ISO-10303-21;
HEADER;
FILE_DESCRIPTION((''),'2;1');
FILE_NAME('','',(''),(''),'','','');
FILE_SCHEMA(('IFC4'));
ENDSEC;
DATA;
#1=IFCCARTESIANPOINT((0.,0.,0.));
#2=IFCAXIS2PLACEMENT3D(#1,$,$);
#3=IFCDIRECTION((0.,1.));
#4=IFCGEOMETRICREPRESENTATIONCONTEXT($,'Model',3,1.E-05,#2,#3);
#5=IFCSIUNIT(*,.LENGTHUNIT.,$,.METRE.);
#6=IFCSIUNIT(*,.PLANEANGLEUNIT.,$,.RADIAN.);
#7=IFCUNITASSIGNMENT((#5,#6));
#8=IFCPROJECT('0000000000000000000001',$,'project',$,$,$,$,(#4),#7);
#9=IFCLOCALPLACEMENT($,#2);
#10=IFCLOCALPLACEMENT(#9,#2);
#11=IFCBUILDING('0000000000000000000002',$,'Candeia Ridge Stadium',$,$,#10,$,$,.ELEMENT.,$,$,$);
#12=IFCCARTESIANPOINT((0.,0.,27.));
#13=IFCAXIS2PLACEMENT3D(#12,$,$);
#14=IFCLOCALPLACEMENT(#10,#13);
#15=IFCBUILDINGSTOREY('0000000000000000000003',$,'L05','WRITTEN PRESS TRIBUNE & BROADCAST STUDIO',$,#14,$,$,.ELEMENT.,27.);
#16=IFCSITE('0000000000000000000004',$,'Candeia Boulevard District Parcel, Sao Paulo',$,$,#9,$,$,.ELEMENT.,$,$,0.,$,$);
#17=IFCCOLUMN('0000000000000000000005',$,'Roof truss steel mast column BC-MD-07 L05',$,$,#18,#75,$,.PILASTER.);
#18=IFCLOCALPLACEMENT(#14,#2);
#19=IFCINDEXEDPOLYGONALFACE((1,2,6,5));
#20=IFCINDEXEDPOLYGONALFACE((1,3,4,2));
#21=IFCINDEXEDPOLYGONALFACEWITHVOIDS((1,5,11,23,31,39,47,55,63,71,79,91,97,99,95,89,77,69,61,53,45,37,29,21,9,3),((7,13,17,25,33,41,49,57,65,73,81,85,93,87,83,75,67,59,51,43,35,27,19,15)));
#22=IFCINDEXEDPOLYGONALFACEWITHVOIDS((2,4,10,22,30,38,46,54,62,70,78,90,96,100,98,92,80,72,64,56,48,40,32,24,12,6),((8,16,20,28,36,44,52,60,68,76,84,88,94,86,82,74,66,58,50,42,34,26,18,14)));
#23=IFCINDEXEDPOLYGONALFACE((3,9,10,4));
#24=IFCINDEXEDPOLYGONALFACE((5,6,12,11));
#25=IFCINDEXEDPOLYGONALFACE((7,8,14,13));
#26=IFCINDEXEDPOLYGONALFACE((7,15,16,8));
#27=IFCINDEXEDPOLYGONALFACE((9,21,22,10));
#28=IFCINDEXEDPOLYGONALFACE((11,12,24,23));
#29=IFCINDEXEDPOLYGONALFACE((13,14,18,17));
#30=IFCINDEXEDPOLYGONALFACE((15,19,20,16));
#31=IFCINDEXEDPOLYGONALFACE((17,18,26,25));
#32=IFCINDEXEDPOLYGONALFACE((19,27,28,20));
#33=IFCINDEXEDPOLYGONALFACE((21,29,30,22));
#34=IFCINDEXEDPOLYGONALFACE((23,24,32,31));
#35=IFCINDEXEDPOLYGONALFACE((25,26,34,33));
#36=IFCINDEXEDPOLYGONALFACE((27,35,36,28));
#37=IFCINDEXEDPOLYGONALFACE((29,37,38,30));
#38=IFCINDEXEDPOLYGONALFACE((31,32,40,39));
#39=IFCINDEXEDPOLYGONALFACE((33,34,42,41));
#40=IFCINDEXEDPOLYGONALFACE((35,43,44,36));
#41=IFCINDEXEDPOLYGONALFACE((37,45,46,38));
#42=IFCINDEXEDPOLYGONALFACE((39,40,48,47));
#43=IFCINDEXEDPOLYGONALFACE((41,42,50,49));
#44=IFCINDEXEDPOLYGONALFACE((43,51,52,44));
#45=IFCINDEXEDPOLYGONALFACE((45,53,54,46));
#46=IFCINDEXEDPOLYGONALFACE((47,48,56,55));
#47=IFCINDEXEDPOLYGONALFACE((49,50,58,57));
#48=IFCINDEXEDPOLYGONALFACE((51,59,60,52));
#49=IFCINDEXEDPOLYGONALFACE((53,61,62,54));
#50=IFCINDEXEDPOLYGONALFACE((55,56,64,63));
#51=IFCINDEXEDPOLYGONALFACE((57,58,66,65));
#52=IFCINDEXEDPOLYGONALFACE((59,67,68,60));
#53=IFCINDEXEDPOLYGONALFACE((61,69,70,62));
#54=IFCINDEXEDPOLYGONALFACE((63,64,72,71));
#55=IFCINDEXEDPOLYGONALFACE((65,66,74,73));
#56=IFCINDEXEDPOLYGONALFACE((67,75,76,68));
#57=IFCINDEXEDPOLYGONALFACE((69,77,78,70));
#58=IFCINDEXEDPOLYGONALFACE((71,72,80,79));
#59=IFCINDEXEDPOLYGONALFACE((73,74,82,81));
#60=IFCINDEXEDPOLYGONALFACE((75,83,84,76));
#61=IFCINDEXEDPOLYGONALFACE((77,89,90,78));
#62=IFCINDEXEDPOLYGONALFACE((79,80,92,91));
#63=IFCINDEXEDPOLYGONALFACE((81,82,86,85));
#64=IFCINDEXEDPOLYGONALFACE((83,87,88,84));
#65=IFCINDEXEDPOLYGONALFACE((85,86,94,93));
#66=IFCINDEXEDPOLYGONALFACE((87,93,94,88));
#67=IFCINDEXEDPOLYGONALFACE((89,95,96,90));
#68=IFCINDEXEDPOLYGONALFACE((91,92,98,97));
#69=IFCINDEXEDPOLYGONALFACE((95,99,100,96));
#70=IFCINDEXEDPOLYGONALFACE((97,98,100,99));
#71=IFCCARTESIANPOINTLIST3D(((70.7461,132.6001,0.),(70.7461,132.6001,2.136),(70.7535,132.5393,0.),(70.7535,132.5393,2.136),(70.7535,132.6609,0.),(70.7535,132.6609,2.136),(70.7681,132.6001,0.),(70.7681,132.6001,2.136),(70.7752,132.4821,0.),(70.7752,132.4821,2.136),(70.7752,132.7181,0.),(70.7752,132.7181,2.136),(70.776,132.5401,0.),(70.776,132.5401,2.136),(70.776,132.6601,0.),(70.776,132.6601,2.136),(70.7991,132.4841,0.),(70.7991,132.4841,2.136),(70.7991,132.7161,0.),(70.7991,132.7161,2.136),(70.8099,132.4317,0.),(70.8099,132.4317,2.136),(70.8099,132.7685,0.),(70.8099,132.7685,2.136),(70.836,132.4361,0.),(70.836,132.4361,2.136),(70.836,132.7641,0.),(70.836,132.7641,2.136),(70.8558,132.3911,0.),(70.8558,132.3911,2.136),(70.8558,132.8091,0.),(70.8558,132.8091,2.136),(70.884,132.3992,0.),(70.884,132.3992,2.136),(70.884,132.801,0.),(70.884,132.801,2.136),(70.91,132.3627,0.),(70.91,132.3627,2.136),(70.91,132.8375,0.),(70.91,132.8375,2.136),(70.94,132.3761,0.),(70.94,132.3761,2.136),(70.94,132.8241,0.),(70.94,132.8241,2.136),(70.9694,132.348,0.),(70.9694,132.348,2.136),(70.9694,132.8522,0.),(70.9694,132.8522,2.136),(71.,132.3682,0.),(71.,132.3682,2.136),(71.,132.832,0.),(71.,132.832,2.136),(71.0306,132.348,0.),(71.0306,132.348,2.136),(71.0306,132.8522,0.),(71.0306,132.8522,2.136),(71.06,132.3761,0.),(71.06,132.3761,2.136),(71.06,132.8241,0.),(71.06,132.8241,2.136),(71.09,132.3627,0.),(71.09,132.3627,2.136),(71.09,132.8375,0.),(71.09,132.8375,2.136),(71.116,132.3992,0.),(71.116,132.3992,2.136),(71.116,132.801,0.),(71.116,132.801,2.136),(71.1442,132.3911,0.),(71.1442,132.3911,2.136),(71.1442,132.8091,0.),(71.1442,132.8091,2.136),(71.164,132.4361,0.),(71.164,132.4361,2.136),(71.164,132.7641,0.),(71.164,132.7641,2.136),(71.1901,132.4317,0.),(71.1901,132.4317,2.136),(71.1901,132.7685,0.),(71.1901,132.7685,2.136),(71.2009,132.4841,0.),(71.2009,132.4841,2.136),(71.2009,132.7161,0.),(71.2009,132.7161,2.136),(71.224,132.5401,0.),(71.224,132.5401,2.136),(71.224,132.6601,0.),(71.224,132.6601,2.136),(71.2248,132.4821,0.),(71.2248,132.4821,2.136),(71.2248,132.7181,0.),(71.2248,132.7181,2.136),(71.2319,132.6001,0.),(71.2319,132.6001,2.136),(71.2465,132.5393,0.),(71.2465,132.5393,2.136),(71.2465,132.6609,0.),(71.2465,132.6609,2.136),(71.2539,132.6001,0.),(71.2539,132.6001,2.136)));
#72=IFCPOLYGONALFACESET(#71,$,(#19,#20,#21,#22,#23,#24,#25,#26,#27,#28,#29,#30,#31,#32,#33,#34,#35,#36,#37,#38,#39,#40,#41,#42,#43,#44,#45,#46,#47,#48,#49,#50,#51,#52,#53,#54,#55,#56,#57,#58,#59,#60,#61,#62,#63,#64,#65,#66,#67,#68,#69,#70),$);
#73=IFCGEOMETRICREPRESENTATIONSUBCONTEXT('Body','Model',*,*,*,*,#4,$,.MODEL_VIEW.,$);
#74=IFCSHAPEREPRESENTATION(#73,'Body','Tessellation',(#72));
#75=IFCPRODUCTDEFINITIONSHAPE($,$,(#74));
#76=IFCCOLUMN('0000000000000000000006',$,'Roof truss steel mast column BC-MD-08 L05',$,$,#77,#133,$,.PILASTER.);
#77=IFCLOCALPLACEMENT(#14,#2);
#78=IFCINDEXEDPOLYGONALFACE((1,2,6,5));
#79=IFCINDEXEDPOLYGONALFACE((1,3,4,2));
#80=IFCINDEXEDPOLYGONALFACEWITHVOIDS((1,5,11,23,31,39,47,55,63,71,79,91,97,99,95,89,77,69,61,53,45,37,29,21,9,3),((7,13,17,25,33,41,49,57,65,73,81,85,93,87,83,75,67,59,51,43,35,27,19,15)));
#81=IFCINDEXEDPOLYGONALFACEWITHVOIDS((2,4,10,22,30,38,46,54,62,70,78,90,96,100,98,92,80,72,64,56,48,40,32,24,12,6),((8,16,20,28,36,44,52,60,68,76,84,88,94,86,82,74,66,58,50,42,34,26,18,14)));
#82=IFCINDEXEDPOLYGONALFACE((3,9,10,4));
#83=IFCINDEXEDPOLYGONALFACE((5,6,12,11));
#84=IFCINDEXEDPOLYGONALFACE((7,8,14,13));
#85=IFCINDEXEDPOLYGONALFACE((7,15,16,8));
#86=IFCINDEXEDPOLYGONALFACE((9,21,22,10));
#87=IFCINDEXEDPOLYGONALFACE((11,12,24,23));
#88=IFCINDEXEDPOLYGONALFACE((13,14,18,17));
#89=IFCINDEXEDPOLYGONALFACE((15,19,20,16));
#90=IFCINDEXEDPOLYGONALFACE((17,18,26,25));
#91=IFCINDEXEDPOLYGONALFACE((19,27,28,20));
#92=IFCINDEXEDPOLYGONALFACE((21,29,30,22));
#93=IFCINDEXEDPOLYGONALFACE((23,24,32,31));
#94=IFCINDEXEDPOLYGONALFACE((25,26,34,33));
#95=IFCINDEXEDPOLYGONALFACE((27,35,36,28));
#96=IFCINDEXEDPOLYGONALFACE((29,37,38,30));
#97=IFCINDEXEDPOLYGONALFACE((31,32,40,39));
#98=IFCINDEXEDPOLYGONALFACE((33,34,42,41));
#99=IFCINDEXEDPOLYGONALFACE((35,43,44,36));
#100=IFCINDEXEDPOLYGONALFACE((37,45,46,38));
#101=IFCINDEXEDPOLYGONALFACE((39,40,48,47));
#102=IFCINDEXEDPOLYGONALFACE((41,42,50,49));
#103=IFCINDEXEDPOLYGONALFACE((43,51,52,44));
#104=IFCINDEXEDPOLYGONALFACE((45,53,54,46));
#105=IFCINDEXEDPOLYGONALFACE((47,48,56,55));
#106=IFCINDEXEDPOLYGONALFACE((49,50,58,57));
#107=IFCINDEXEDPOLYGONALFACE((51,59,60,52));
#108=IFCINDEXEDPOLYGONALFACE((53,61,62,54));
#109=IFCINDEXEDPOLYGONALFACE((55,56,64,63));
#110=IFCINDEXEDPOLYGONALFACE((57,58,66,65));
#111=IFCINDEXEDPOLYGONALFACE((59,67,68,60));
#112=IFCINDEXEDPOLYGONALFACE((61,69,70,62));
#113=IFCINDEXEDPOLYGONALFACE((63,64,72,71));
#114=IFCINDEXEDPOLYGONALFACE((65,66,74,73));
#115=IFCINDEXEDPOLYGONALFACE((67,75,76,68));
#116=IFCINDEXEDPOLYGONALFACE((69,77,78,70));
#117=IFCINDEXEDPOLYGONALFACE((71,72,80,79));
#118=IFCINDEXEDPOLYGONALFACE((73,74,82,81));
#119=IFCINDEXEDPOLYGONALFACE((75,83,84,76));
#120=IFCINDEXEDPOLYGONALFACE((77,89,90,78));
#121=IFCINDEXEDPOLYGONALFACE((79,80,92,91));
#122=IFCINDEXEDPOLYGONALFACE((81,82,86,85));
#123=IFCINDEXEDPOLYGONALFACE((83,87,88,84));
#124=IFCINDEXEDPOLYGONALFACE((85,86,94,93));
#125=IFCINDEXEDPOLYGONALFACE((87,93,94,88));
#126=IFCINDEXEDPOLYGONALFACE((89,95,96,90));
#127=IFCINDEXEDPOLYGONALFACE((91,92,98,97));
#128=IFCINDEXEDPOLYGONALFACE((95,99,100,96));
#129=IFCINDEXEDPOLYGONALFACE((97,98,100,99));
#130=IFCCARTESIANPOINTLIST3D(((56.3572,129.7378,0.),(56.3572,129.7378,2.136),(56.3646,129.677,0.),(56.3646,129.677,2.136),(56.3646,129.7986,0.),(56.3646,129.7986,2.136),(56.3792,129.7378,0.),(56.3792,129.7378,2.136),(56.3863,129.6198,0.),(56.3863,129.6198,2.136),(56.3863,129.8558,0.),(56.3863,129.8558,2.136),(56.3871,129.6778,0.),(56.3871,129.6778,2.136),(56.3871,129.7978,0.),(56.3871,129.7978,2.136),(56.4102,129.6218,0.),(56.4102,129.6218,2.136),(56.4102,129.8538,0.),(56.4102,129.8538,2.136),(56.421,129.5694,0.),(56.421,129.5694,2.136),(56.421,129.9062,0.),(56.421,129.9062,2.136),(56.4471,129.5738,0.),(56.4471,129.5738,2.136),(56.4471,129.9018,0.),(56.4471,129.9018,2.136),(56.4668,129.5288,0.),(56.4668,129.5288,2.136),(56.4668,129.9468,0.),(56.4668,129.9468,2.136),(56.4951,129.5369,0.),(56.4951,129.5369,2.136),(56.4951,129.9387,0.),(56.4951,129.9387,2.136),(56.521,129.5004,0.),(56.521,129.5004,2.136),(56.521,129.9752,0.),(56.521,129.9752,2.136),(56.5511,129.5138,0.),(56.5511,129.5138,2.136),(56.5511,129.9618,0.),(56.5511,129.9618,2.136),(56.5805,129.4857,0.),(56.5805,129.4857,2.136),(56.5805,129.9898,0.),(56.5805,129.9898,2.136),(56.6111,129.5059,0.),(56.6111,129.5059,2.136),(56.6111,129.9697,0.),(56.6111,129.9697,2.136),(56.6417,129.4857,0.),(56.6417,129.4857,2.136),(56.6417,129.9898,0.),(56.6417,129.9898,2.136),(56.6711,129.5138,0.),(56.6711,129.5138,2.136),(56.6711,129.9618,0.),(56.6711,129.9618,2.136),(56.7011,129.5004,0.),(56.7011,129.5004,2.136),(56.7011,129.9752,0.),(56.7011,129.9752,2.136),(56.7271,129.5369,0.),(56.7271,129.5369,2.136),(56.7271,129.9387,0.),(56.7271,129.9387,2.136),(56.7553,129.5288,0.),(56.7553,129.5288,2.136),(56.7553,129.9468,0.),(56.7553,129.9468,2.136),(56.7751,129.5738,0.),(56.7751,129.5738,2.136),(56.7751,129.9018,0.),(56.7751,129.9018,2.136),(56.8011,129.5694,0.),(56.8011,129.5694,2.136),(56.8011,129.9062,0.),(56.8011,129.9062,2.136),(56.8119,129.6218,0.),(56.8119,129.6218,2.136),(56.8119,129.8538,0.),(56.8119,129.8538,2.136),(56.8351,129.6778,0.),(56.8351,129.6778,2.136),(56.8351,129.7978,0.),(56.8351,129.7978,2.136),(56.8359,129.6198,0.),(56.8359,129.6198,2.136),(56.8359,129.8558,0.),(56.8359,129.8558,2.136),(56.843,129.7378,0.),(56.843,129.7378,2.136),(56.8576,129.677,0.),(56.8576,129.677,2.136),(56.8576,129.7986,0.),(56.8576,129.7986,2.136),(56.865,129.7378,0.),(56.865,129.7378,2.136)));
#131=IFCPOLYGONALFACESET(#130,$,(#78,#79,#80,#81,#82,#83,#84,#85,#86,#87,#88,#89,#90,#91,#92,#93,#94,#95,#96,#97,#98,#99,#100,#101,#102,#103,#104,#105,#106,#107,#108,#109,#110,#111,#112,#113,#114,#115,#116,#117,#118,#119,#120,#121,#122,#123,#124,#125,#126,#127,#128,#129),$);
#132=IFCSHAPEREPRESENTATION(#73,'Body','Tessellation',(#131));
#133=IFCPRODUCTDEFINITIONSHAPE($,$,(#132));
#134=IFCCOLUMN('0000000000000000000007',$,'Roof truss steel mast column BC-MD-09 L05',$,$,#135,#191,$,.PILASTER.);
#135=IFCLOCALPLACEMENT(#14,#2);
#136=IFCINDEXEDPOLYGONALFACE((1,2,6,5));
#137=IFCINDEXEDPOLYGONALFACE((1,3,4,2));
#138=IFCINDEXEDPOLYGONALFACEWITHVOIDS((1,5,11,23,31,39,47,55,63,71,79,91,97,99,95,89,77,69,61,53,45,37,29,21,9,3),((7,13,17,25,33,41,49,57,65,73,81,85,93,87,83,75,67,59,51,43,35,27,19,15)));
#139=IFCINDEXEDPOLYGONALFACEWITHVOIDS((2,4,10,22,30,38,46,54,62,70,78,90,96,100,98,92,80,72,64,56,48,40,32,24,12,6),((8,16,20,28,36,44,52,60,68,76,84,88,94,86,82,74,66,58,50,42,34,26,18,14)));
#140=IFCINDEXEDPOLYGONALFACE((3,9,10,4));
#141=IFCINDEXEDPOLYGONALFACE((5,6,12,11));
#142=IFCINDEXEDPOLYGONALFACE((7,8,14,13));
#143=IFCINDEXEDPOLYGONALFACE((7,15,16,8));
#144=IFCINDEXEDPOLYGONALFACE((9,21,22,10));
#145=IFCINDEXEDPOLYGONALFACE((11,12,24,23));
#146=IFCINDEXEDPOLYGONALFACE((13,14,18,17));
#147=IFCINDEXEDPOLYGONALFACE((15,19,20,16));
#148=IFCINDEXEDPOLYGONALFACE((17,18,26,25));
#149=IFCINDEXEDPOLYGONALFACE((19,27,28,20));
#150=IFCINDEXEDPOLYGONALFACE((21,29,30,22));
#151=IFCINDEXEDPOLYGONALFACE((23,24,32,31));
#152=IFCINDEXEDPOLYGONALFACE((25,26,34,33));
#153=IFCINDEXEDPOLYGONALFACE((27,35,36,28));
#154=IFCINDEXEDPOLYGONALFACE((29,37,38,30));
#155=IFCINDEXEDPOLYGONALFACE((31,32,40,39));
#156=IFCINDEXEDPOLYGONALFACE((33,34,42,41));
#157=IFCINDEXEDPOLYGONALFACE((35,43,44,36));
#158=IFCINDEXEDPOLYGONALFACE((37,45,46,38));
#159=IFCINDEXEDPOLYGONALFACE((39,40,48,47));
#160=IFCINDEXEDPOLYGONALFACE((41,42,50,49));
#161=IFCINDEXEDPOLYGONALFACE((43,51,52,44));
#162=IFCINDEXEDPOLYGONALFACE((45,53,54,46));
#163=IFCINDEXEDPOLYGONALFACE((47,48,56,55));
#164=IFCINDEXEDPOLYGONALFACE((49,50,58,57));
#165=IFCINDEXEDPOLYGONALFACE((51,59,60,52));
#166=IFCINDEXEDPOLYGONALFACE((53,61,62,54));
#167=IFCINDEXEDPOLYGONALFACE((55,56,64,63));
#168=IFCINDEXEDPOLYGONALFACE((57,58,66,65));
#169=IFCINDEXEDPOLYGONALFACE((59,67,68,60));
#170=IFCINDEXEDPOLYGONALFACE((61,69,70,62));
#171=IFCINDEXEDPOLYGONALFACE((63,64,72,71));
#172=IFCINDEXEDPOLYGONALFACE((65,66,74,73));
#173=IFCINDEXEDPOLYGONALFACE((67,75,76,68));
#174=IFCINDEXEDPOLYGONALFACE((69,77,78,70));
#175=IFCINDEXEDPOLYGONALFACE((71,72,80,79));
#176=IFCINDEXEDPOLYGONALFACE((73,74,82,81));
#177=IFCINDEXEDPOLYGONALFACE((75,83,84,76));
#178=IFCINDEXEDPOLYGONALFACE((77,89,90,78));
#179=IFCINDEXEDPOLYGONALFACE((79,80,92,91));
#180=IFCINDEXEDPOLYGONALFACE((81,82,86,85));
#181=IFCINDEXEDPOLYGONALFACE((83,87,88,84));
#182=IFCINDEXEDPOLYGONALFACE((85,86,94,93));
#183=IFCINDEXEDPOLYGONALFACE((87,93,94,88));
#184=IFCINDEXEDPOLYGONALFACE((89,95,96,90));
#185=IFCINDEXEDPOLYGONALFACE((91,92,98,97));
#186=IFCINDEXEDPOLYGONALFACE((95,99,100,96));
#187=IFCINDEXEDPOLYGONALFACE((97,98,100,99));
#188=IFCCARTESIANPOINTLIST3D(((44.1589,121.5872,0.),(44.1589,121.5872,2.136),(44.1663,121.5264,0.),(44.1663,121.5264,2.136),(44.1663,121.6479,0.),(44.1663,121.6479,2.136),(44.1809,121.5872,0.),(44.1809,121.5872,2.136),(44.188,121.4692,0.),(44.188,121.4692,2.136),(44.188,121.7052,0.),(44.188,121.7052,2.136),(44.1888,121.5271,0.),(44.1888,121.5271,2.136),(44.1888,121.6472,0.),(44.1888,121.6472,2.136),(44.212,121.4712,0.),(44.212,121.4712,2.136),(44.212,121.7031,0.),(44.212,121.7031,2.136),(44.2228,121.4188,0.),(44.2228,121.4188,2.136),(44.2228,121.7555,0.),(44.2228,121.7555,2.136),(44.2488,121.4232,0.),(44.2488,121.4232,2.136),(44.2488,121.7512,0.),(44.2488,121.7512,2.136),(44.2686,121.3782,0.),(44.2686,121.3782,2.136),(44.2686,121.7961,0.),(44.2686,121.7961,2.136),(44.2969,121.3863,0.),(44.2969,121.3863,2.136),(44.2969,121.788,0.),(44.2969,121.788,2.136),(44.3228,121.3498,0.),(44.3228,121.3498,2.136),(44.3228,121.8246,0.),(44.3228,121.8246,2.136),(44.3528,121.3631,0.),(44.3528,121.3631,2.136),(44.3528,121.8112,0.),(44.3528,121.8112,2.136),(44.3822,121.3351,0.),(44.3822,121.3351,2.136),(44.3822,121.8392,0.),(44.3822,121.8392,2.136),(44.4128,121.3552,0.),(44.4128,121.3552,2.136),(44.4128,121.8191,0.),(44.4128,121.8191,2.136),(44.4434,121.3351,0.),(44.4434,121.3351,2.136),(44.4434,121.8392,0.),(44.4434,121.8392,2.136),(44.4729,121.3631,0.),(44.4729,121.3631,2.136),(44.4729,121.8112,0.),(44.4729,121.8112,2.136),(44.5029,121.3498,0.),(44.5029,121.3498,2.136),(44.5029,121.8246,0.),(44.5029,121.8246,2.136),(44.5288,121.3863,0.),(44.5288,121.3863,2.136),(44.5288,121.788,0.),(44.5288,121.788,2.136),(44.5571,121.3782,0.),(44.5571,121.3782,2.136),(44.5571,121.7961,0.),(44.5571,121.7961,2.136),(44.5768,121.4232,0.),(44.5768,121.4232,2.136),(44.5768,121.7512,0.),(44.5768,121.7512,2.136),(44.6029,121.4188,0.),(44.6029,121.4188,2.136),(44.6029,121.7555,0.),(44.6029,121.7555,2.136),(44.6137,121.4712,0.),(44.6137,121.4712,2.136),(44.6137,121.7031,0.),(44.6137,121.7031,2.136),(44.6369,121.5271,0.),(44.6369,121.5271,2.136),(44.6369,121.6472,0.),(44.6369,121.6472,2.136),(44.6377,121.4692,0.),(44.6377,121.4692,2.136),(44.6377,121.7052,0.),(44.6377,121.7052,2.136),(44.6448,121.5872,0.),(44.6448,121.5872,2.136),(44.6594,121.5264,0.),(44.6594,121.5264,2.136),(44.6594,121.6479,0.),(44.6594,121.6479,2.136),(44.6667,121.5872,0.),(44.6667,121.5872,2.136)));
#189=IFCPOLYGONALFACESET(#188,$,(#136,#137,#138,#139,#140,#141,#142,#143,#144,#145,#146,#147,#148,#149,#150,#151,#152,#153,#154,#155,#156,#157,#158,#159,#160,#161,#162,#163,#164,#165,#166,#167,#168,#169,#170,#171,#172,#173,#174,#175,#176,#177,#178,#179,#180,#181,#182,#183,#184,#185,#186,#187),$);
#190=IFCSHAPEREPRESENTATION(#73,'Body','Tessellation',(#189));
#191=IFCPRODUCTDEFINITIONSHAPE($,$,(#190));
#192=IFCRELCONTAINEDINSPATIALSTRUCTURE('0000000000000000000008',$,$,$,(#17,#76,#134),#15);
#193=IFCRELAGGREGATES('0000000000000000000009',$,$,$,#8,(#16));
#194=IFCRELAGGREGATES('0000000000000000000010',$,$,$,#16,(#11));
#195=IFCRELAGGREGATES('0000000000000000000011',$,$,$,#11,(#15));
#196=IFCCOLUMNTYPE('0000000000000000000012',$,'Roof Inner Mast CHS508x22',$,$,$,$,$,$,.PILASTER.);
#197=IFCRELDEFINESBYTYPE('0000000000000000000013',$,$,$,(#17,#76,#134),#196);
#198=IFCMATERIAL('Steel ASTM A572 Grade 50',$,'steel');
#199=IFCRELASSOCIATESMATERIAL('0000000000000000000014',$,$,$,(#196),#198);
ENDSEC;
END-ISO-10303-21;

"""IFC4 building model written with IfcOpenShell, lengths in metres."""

from ifc_helpers import new_model, si_unit, direction, frame, origin, origin_2d, place, context, subcontext, project, spatial, hollow_circle, extrude, material, material_profile, profile_set, type_object, element, save


model = new_model("IFC4")

# Units and contexts
model_context = context("Model", 3, precision=1e-05, world=origin(), true_north=direction((0.0, 1.0)))
body_context = subcontext(model_context, "Body", "Model", "MODEL_VIEW")
ifc_project = project(units=[si_unit("LENGTHUNIT", "METRE"), si_unit("PLANEANGLEUNIT", "RADIAN")], contexts=[model_context])

# Site, building, storey
site_placement = place(None, origin())
site = spatial("IfcSite", under=ifc_project, at=site_placement, Name="Candeia Boulevard District Parcel, Sao Paulo", CompositionType="ELEMENT", RefElevation=0.0)
building_placement = place(site_placement, origin())
building = spatial("IfcBuilding", under=site, at=building_placement, Name="Candeia Ridge Stadium", CompositionType="ELEMENT")
storey_placement = place(building_placement, frame((0.0, 0.0, 27.0)))
storey = spatial("IfcBuildingStorey", under=building, at=storey_placement, Name="L05", Description="WRITTEN PRESS TRIBUNE & BROADCAST STUDIO", CompositionType="ELEMENT", Elevation=27.0)

# Columns
ifc_material_1 = material(Name="Steel ASTM A572 Grade 50", Category="steel")
ifc_material_profile_1 = material_profile(ifc_material_1, hollow_circle(Radius=0.2539, WallThickness=0.022, at=origin_2d()), Name="CHS508x22", Category="steel")
ifc_profile_set_1 = profile_set([ifc_material_profile_1], Name="Steel ASTM A572 Grade 50")
column_type_1 = type_object("IfcColumnType", Name="Roof Inner Mast CHS508x22", PredefinedType="PILASTER", material=ifc_profile_set_1)
for number, where, z_axis, x_axis, name in (
    (1, (71.0, 132.6001, 0.0), (0.0, 0.0, 1.0), (1.0, 0.0, 0.0), "Roof truss steel mast column BC-MD-07 L05"),
    (2, (56.6111, 129.7378, 0.0), (0.0, 0.0, 1.0), (1.0, 0.0, 0.0), "Roof truss steel mast column BC-MD-08 L05"),
    (3, (44.4128, 121.5872, 0.0), (0.0, 0.0, 1.0), (1.0, 0.0, 0.0), "Roof truss steel mast column BC-MD-09 L05"),
):
    element("IfcColumn", number, at=place(storey_placement, frame(where, z_axis=z_axis, x_axis=x_axis)), inside=storey, type_object=column_type_1, Name=name, PredefinedType="PILASTER", context=body_context, shape_type="SweptSolid", body=[
        extrude(hollow_circle(Radius=0.2539, WallThickness=0.022, at=origin_2d()), origin(), (0.0, 0.0, 1.0), 2.136),
    ])

save(model, "model.ifc")
